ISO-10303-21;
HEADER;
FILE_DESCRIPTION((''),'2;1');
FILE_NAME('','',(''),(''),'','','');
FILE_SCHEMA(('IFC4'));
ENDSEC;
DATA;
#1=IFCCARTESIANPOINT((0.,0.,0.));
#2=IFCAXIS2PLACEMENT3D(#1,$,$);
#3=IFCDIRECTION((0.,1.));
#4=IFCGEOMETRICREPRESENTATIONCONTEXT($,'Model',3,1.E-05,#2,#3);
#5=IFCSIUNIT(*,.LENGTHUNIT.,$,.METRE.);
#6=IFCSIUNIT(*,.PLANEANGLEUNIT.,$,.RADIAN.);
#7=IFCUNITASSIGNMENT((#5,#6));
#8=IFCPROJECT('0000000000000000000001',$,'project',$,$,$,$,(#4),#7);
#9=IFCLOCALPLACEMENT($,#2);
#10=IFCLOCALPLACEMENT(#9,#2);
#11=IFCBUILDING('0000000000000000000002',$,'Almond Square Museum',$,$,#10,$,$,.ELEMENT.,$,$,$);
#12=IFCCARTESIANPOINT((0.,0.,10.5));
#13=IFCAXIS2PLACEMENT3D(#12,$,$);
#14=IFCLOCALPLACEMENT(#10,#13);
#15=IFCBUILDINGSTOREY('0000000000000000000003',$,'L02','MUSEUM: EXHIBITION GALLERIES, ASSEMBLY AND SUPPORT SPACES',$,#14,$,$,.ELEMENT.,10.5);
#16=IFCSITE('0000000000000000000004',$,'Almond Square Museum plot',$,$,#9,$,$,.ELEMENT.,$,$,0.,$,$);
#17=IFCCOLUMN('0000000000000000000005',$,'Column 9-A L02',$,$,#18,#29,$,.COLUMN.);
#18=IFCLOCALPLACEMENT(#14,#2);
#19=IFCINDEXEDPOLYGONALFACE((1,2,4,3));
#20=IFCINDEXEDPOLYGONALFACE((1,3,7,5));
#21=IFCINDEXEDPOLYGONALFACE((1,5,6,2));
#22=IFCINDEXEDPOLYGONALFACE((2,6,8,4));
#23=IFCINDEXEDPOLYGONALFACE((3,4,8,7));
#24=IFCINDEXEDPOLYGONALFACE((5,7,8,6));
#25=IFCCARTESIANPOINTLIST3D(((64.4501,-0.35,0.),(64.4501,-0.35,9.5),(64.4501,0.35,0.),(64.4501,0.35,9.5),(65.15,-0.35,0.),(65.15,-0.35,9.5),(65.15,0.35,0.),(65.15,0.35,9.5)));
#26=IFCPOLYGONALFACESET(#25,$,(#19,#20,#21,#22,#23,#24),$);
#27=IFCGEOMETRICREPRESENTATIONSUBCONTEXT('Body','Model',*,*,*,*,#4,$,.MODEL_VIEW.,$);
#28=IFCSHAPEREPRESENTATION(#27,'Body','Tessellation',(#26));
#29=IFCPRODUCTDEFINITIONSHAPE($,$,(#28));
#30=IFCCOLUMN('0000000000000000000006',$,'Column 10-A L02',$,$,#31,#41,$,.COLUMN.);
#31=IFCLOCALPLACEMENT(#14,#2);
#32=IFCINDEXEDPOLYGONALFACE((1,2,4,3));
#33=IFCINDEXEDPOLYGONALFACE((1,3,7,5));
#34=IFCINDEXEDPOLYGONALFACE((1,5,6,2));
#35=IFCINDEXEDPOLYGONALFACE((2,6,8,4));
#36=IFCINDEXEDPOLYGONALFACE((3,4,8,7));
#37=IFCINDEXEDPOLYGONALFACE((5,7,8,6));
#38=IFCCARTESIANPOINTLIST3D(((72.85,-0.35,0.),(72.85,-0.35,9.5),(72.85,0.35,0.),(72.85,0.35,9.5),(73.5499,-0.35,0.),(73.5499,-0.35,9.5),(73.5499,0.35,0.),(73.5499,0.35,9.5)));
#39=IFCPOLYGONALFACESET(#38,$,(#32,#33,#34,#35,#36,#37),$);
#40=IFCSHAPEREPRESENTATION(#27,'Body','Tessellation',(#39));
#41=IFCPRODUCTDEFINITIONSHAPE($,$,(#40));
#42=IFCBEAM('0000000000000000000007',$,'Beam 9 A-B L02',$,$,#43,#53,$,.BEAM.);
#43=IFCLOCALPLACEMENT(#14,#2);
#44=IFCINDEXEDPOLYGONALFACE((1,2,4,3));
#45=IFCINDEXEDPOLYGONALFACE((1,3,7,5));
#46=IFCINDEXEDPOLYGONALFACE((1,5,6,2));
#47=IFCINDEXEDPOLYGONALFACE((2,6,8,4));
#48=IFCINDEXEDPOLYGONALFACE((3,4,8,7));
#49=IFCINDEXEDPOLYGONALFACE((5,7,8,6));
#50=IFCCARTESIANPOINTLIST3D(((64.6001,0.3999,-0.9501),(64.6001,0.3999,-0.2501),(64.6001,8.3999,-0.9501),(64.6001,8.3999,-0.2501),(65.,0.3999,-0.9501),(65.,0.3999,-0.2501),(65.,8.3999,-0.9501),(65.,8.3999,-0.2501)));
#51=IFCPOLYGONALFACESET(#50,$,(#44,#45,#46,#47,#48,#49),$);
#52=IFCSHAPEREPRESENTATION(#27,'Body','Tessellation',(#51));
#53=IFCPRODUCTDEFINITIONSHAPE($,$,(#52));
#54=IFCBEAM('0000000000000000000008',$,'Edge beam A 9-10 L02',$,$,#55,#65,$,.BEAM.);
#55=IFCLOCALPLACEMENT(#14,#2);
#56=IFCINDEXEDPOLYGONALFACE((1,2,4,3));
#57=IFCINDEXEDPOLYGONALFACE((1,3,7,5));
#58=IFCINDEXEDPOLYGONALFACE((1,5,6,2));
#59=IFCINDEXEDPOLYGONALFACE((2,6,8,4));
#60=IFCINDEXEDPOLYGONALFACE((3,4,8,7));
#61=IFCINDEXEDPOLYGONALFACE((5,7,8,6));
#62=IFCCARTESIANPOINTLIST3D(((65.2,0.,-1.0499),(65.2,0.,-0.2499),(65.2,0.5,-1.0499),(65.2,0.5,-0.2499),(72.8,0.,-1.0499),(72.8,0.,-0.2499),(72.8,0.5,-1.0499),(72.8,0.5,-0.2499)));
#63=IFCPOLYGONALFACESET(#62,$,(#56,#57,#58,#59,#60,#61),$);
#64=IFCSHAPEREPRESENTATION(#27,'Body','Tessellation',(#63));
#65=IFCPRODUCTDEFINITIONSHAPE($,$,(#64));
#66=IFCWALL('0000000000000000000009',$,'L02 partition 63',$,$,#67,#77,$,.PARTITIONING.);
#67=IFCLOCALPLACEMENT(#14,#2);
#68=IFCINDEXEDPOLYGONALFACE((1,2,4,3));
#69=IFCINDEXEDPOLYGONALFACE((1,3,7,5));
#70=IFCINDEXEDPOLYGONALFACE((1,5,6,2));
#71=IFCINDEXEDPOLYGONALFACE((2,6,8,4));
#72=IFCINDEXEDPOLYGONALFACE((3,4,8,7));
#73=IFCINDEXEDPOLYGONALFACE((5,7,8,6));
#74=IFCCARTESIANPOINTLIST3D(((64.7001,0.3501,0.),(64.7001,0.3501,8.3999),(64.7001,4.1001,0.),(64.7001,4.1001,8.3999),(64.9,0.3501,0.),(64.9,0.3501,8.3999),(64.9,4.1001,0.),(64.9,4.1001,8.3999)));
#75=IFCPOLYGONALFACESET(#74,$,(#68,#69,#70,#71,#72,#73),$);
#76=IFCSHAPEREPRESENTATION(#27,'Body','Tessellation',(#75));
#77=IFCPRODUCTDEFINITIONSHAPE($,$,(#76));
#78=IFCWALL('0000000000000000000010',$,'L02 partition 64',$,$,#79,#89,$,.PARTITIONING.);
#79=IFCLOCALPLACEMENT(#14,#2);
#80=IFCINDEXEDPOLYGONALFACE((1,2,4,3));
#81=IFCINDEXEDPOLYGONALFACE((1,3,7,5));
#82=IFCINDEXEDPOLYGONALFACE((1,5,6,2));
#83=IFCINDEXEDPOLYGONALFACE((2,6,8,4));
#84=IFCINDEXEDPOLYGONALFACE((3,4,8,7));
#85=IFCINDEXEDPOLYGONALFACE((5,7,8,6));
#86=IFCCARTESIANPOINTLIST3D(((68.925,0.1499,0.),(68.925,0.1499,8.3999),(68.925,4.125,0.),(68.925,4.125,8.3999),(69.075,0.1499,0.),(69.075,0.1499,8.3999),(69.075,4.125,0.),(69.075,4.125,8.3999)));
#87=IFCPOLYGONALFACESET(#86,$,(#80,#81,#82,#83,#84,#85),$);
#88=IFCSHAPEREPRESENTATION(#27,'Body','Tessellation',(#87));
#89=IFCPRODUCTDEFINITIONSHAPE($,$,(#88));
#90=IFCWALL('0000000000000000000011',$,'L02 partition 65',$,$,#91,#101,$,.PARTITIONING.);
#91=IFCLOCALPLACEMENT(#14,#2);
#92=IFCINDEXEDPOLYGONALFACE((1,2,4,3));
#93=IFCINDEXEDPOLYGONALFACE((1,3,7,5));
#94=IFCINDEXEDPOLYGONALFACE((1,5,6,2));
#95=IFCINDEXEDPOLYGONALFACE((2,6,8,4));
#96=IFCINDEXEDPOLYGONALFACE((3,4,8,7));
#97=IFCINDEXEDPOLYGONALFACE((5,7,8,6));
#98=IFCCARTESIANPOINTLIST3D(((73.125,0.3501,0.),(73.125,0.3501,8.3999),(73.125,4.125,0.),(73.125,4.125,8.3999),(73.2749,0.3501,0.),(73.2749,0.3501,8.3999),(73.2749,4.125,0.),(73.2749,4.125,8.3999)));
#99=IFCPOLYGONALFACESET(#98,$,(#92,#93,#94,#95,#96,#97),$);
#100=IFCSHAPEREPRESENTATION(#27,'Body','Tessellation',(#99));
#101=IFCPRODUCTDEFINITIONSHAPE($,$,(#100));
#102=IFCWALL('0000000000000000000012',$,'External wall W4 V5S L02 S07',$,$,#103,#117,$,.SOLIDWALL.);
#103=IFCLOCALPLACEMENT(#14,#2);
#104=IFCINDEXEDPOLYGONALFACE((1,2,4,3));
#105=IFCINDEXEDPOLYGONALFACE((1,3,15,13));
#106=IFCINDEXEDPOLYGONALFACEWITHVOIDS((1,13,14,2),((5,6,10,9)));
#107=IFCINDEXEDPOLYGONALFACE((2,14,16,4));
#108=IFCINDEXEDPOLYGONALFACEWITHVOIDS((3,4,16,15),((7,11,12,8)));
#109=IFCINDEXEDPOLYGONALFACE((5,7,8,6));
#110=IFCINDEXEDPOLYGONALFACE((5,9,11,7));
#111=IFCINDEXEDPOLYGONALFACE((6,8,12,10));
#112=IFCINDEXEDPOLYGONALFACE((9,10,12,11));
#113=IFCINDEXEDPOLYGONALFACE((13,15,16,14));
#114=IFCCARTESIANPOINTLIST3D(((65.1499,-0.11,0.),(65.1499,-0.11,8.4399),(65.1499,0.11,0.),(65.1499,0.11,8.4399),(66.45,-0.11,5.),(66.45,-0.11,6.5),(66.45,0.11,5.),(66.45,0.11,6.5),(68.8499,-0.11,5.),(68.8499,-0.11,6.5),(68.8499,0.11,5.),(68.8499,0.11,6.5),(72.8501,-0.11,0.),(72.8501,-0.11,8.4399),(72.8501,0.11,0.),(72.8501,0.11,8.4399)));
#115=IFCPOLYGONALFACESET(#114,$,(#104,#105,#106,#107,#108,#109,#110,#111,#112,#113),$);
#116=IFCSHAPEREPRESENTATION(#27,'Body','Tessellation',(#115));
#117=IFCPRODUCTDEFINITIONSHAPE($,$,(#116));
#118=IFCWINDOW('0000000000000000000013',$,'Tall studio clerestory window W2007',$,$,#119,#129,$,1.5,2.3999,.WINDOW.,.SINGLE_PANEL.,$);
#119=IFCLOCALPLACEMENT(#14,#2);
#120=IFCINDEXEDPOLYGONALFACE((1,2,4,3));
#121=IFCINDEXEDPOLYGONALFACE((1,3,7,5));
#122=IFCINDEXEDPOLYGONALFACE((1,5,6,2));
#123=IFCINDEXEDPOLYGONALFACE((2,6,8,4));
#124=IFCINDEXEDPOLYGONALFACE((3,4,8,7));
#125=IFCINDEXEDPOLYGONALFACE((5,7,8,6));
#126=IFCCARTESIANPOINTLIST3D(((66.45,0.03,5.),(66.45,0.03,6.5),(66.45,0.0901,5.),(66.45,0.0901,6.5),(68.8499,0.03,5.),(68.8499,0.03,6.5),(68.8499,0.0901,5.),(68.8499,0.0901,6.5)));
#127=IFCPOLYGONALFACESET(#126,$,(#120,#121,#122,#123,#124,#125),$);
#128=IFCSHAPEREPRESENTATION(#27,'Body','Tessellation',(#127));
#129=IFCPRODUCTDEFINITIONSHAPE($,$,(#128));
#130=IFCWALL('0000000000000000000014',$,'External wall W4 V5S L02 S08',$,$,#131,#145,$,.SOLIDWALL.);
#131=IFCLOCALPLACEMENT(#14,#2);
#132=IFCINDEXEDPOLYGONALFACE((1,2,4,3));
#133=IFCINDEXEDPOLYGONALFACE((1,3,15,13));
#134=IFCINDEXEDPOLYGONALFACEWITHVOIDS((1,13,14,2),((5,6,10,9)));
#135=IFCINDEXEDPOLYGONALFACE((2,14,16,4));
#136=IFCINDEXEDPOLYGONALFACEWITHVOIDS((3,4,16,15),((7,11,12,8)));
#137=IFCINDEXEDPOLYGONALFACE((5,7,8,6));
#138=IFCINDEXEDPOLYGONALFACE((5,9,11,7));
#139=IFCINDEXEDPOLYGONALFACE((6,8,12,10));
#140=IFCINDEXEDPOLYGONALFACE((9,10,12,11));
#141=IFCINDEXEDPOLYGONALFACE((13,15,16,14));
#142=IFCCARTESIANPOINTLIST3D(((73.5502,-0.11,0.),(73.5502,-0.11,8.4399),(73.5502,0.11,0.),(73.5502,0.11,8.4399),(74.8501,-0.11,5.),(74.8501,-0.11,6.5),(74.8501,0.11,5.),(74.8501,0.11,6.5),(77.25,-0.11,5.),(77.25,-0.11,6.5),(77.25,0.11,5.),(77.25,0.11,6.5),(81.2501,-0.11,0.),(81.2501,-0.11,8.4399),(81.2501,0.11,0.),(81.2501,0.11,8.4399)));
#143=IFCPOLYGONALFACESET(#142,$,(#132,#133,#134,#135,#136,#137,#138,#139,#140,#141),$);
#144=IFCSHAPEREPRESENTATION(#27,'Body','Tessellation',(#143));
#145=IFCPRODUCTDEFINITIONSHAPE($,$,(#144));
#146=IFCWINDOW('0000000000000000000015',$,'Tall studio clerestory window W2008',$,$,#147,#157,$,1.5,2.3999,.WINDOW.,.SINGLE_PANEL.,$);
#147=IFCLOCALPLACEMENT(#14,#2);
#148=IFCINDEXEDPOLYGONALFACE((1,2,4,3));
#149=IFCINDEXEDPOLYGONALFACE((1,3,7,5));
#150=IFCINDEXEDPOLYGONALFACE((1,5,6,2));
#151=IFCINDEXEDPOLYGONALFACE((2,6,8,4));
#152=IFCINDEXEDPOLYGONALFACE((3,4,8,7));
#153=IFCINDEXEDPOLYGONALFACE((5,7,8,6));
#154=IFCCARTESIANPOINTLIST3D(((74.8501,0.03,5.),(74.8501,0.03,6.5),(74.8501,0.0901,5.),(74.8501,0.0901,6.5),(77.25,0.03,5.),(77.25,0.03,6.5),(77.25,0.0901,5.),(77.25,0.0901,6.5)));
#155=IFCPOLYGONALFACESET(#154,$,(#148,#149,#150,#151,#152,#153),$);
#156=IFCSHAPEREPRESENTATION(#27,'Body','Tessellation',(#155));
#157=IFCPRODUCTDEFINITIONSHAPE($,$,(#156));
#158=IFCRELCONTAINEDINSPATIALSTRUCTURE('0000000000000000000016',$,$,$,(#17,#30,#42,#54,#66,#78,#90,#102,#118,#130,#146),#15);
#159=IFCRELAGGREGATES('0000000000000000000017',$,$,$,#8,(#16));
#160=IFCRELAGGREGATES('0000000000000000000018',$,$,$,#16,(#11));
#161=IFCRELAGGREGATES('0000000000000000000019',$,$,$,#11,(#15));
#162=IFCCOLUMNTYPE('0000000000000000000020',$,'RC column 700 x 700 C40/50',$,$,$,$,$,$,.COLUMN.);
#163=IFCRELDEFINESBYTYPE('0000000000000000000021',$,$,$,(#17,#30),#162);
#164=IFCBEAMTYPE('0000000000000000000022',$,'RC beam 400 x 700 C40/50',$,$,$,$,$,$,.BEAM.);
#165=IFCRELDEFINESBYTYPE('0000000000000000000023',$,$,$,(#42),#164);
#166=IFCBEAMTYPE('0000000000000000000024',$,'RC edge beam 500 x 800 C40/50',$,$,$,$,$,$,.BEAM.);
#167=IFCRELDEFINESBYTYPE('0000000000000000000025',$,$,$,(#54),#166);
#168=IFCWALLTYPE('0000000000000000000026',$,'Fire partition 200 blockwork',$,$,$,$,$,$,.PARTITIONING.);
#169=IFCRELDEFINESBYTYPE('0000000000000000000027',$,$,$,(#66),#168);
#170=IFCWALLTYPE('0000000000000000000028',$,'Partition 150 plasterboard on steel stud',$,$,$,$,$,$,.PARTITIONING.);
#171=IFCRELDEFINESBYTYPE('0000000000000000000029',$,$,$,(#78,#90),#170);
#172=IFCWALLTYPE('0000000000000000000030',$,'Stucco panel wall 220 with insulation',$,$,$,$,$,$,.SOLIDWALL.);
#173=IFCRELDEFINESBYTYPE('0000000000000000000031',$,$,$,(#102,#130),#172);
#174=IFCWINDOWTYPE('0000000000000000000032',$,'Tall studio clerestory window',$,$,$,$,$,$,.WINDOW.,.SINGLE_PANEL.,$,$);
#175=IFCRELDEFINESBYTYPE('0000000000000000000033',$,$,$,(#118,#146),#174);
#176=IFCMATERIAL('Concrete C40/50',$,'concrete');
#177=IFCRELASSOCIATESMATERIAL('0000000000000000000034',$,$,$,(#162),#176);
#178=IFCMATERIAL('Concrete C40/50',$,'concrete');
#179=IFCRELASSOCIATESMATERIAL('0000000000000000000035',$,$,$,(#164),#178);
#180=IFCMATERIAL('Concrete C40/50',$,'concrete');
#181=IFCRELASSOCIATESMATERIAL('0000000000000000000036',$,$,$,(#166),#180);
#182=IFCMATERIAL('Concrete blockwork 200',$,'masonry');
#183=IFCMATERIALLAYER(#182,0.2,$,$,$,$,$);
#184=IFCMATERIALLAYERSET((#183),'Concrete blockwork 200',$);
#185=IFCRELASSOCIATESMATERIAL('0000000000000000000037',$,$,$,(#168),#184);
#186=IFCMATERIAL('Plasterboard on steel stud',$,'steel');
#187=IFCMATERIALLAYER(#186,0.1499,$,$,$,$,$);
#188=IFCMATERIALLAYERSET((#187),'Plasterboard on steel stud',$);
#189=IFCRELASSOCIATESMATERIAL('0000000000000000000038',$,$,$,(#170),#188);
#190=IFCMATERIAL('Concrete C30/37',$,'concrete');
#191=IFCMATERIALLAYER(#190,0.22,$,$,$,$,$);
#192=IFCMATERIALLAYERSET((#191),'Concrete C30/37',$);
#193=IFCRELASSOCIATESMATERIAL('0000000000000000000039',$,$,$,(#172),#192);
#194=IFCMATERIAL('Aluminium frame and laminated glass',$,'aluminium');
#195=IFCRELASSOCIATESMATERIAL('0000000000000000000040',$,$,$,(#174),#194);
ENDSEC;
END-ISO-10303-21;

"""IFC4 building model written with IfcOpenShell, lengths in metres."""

from ifc_helpers import new_model, si_unit, direction, frame, frame_2d, origin, origin_2d, place, context, subcontext, project, spatial, rectangle, extrude, material, layer, layer_set, material_profile, profile_set, type_object, element, fill, save


model = new_model("IFC4")

# Units and contexts
model_context = context("Model", 3, precision=1e-05, world=origin(), true_north=direction((0.0, 1.0)))
body_context = subcontext(model_context, "Body", "Model", "MODEL_VIEW")
ifc_project = project(units=[si_unit("LENGTHUNIT", "METRE"), si_unit("PLANEANGLEUNIT", "RADIAN")], contexts=[model_context])

# Site, building, storey
site_placement = place(None, origin())
site = spatial("IfcSite", under=ifc_project, at=site_placement, Name="Almond Square Museum plot", CompositionType="ELEMENT", RefElevation=0.0)
building_placement = place(site_placement, origin())
building = spatial("IfcBuilding", under=site, at=building_placement, Name="Almond Square Museum", CompositionType="ELEMENT")
storey_placement = place(building_placement, frame((0.0, 0.0, 10.5)))
storey = spatial("IfcBuildingStorey", under=building, at=storey_placement, Name="L02", Description="MUSEUM: EXHIBITION GALLERIES, ASSEMBLY AND SUPPORT SPACES", CompositionType="ELEMENT", Elevation=10.5)

# Columns
ifc_material_1 = material(Name="Concrete C40/50", Category="concrete")
ifc_material_profile_1 = material_profile(ifc_material_1, rectangle(XDim=0.7, YDim=0.7, at=origin_2d()))
ifc_profile_set_1 = profile_set([ifc_material_profile_1], Name="Concrete C40/50")
column_type = type_object("IfcColumnType", Name="RC column 700 x 700 C40/50", PredefinedType="COLUMN", material=ifc_profile_set_1)
for number, where, z_axis, x_axis, name in (
    (1, (64.8, 0.0, 0.0), (0.0, 0.0, 1.0), (1.0, 0.0, 0.0), "Column 9-A L02"),
    (2, (73.2, 0.0, 0.0), (0.0, 0.0, 1.0), (1.0, 0.0, 0.0), "Column 10-A L02"),
):
    element("IfcColumn", number, at=place(storey_placement, frame(where, z_axis=z_axis, x_axis=x_axis)), inside=storey, type_object=column_type, Name=name, PredefinedType="COLUMN", context=body_context, shape_type="SweptSolid", body=[
        extrude(rectangle(XDim=0.7, YDim=0.7, at=origin_2d()), origin(), (0.0, 0.0, 1.0), 9.5),
    ])

# Beams
ifc_material_2 = material(Name="Concrete C40/50", Category="concrete")
ifc_material_profile_2 = material_profile(ifc_material_2, rectangle(XDim=0.3999, YDim=0.7, at=origin_2d()))
ifc_profile_set_2 = profile_set([ifc_material_profile_2], Name="Concrete C40/50")
beam_type_1 = type_object("IfcBeamType", Name="RC beam 400 x 700 C40/50", PredefinedType="BEAM", material=ifc_profile_set_2)
beam_1_placement = place(storey_placement, frame((64.8, 0.3999, -0.6001), z_axis=(0.0, 1.0, 0.0), x_axis=(-1.0, 0.0, 0.0)))
element("IfcBeam", 3, at=beam_1_placement, inside=storey, type_object=beam_type_1, Name="Beam 9 A-B L02", PredefinedType="BEAM", context=body_context, shape_type="SweptSolid", body=[
    extrude(rectangle(XDim=0.3999, YDim=0.7, at=origin_2d()), origin(), (0.0, 0.0, 1.0), 8.0),
])
ifc_material_3 = material(Name="Concrete C40/50", Category="concrete")
ifc_material_profile_3 = material_profile(ifc_material_3, rectangle(XDim=0.5, YDim=0.8, at=origin_2d()))
ifc_profile_set_3 = profile_set([ifc_material_profile_3], Name="Concrete C40/50")
beam_type_2 = type_object("IfcBeamType", Name="RC edge beam 500 x 800 C40/50", PredefinedType="BEAM", material=ifc_profile_set_3)
beam_2_placement = place(storey_placement, frame((65.2, 0.25, -0.6499), z_axis=(1.0, 0.0, 0.0), x_axis=(0.0, 1.0, 0.0)))
element("IfcBeam", 4, at=beam_2_placement, inside=storey, type_object=beam_type_2, Name="Edge beam A 9-10 L02", PredefinedType="BEAM", context=body_context, shape_type="SweptSolid", body=[
    extrude(rectangle(XDim=0.5, YDim=0.8, at=origin_2d()), origin(), (0.0, 0.0, 1.0), 7.6001),
])

# Walls
ifc_material_4 = material(Name="Concrete blockwork 200", Category="masonry")
ifc_layer_1 = layer(ifc_material_4, 0.2)
ifc_layer_set_1 = layer_set([ifc_layer_1], Name="Concrete blockwork 200")
wall_type_1 = type_object("IfcWallType", Name="Fire partition 200 blockwork", PredefinedType="PARTITIONING", material=ifc_layer_set_1)
wall_1_placement = place(storey_placement, frame((64.8, 0.3501, 0.0), z_axis=(0.0, 0.0, 1.0), x_axis=(0.0, 1.0, 0.0)))
element("IfcWall", 5, at=wall_1_placement, inside=storey, type_object=wall_type_1, Name="L02 partition 63", PredefinedType="PARTITIONING", context=body_context, shape_type="SweptSolid", body=[
    extrude(rectangle(XDim=3.75, YDim=0.2, at=frame_2d((1.875, 0.0))), origin(), (0.0, 0.0, 1.0), 8.3999),
])
ifc_material_5 = material(Name="Plasterboard on steel stud", Category="steel")
ifc_layer_2 = layer(ifc_material_5, 0.1499)
ifc_layer_set_2 = layer_set([ifc_layer_2], Name="Plasterboard on steel stud")
wall_type_2 = type_object("IfcWallType", Name="Partition 150 plasterboard on steel stud", PredefinedType="PARTITIONING", material=ifc_layer_set_2)
wall_2_placement = place(storey_placement, frame((69.0, 0.1499, 0.0), z_axis=(0.0, 0.0, 1.0), x_axis=(0.0, 1.0, 0.0)))
element("IfcWall", 6, at=wall_2_placement, inside=storey, type_object=wall_type_2, Name="L02 partition 64", PredefinedType="PARTITIONING", context=body_context, shape_type="SweptSolid", body=[
    extrude(rectangle(XDim=3.9751, YDim=0.1499, at=frame_2d((1.9875, 0.0))), origin(), (0.0, 0.0, 1.0), 8.3999),
])
wall_3_placement = place(storey_placement, frame((73.2, 0.3501, 0.0), z_axis=(0.0, 0.0, 1.0), x_axis=(0.0, 1.0, 0.0)))
element("IfcWall", 7, at=wall_3_placement, inside=storey, type_object=wall_type_2, Name="L02 partition 65", PredefinedType="PARTITIONING", context=body_context, shape_type="SweptSolid", body=[
    extrude(rectangle(XDim=3.7749, YDim=0.1499, at=frame_2d((1.8875, 0.0))), origin(), (0.0, 0.0, 1.0), 8.3999),
])

# Walls, openings, windows
ifc_material_6 = material(Name="Concrete C30/37", Category="concrete")
ifc_layer_3 = layer(ifc_material_6, 0.22)
ifc_layer_set_3 = layer_set([ifc_layer_3], Name="Concrete C30/37")
wall_type_3 = type_object("IfcWallType", Name="Stucco panel wall 220 with insulation", PredefinedType="SOLIDWALL", material=ifc_layer_set_3)
wall_4_placement = place(storey_placement, frame((65.1499, 0.0, 0.0), z_axis=(0.0, 0.0, 1.0), x_axis=(1.0, 0.0, 0.0)))
wall_4 = element("IfcWall", 8, at=wall_4_placement, inside=storey, type_object=wall_type_3, Name="External wall W4 V5S L02 S07", PredefinedType="SOLIDWALL", context=body_context, shape_type="SweptSolid", body=[
    extrude(rectangle(XDim=7.7002, YDim=0.22, at=frame_2d((3.8501, 0.0))), origin(), (0.0, 0.0, 1.0), 8.4399),
])
opening_1_placement = place(wall_4_placement, frame((1.3, 0.0, 5.0)))
opening_1 = element("IfcOpeningElement", 9, at=opening_1_placement, cuts=wall_4, PredefinedType="OPENING", context=body_context, shape_type="SweptSolid", body=[
    extrude(rectangle(XDim=2.3999, YDim=1.5, at=frame_2d((1.2, 0.75))), frame((0.0, 0.1199, 0.0), z_axis=(0.0, -1.0, 0.0), x_axis=(1.0, 0.0, 0.0)), (0.0, 0.0, 1.0), 0.24),
])
ifc_material_7 = material(Name="Aluminium frame and laminated glass", Category="aluminium")
window_type = type_object("IfcWindowType", Name="Tall studio clerestory window", PartitioningType="SINGLE_PANEL", PredefinedType="WINDOW", material=ifc_material_7)
window_1_placement = place(opening_1_placement, origin())
window_1 = element("IfcWindow", 10, at=window_1_placement, inside=storey, type_object=window_type, Name="Tall studio clerestory window W2007", OverallHeight=1.5, OverallWidth=2.3999, PartitioningType="SINGLE_PANEL", PredefinedType="WINDOW", context=body_context, shape_type="SweptSolid", body=[
    extrude(rectangle(XDim=2.3999, YDim=1.5, at=frame_2d((1.2, 0.75))), frame((0.0, 0.0901, 0.0), z_axis=(0.0, -1.0, 0.0), x_axis=(1.0, 0.0, 0.0)), (0.0, 0.0, 1.0), 0.0601),
])
fill(opening_1, window_1)
wall_5_placement = place(storey_placement, frame((73.55, 0.0, 0.0), z_axis=(0.0, 0.0, 1.0), x_axis=(1.0, 0.0, 0.0)))
wall_5 = element("IfcWall", 11, at=wall_5_placement, inside=storey, type_object=wall_type_3, Name="External wall W4 V5S L02 S08", PredefinedType="SOLIDWALL", context=body_context, shape_type="SweptSolid", body=[
    extrude(rectangle(XDim=7.7, YDim=0.22, at=frame_2d((3.8501, 0.0))), origin(), (0.0, 0.0, 1.0), 8.4399),
])
opening_2_placement = place(wall_5_placement, frame((1.3, 0.0, 5.0)))
opening_2 = element("IfcOpeningElement", 12, at=opening_2_placement, cuts=wall_5, PredefinedType="OPENING", context=body_context, shape_type="SweptSolid", body=[
    extrude(rectangle(XDim=2.3999, YDim=1.5, at=frame_2d((1.2, 0.75))), frame((0.0, 0.1199, 0.0), z_axis=(0.0, -1.0, 0.0), x_axis=(1.0, 0.0, 0.0)), (0.0, 0.0, 1.0), 0.24),
])
window_2_placement = place(opening_2_placement, origin())
window_2 = element("IfcWindow", 13, at=window_2_placement, inside=storey, type_object=window_type, Name="Tall studio clerestory window W2008", OverallHeight=1.5, OverallWidth=2.3999, PartitioningType="SINGLE_PANEL", PredefinedType="WINDOW", context=body_context, shape_type="SweptSolid", body=[
    extrude(rectangle(XDim=2.3999, YDim=1.5, at=frame_2d((1.2, 0.75))), frame((0.0, 0.0901, 0.0), z_axis=(0.0, -1.0, 0.0), x_axis=(1.0, 0.0, 0.0)), (0.0, 0.0, 1.0), 0.0601),
])
fill(opening_2, window_2)

save(model, "model.ifc")
